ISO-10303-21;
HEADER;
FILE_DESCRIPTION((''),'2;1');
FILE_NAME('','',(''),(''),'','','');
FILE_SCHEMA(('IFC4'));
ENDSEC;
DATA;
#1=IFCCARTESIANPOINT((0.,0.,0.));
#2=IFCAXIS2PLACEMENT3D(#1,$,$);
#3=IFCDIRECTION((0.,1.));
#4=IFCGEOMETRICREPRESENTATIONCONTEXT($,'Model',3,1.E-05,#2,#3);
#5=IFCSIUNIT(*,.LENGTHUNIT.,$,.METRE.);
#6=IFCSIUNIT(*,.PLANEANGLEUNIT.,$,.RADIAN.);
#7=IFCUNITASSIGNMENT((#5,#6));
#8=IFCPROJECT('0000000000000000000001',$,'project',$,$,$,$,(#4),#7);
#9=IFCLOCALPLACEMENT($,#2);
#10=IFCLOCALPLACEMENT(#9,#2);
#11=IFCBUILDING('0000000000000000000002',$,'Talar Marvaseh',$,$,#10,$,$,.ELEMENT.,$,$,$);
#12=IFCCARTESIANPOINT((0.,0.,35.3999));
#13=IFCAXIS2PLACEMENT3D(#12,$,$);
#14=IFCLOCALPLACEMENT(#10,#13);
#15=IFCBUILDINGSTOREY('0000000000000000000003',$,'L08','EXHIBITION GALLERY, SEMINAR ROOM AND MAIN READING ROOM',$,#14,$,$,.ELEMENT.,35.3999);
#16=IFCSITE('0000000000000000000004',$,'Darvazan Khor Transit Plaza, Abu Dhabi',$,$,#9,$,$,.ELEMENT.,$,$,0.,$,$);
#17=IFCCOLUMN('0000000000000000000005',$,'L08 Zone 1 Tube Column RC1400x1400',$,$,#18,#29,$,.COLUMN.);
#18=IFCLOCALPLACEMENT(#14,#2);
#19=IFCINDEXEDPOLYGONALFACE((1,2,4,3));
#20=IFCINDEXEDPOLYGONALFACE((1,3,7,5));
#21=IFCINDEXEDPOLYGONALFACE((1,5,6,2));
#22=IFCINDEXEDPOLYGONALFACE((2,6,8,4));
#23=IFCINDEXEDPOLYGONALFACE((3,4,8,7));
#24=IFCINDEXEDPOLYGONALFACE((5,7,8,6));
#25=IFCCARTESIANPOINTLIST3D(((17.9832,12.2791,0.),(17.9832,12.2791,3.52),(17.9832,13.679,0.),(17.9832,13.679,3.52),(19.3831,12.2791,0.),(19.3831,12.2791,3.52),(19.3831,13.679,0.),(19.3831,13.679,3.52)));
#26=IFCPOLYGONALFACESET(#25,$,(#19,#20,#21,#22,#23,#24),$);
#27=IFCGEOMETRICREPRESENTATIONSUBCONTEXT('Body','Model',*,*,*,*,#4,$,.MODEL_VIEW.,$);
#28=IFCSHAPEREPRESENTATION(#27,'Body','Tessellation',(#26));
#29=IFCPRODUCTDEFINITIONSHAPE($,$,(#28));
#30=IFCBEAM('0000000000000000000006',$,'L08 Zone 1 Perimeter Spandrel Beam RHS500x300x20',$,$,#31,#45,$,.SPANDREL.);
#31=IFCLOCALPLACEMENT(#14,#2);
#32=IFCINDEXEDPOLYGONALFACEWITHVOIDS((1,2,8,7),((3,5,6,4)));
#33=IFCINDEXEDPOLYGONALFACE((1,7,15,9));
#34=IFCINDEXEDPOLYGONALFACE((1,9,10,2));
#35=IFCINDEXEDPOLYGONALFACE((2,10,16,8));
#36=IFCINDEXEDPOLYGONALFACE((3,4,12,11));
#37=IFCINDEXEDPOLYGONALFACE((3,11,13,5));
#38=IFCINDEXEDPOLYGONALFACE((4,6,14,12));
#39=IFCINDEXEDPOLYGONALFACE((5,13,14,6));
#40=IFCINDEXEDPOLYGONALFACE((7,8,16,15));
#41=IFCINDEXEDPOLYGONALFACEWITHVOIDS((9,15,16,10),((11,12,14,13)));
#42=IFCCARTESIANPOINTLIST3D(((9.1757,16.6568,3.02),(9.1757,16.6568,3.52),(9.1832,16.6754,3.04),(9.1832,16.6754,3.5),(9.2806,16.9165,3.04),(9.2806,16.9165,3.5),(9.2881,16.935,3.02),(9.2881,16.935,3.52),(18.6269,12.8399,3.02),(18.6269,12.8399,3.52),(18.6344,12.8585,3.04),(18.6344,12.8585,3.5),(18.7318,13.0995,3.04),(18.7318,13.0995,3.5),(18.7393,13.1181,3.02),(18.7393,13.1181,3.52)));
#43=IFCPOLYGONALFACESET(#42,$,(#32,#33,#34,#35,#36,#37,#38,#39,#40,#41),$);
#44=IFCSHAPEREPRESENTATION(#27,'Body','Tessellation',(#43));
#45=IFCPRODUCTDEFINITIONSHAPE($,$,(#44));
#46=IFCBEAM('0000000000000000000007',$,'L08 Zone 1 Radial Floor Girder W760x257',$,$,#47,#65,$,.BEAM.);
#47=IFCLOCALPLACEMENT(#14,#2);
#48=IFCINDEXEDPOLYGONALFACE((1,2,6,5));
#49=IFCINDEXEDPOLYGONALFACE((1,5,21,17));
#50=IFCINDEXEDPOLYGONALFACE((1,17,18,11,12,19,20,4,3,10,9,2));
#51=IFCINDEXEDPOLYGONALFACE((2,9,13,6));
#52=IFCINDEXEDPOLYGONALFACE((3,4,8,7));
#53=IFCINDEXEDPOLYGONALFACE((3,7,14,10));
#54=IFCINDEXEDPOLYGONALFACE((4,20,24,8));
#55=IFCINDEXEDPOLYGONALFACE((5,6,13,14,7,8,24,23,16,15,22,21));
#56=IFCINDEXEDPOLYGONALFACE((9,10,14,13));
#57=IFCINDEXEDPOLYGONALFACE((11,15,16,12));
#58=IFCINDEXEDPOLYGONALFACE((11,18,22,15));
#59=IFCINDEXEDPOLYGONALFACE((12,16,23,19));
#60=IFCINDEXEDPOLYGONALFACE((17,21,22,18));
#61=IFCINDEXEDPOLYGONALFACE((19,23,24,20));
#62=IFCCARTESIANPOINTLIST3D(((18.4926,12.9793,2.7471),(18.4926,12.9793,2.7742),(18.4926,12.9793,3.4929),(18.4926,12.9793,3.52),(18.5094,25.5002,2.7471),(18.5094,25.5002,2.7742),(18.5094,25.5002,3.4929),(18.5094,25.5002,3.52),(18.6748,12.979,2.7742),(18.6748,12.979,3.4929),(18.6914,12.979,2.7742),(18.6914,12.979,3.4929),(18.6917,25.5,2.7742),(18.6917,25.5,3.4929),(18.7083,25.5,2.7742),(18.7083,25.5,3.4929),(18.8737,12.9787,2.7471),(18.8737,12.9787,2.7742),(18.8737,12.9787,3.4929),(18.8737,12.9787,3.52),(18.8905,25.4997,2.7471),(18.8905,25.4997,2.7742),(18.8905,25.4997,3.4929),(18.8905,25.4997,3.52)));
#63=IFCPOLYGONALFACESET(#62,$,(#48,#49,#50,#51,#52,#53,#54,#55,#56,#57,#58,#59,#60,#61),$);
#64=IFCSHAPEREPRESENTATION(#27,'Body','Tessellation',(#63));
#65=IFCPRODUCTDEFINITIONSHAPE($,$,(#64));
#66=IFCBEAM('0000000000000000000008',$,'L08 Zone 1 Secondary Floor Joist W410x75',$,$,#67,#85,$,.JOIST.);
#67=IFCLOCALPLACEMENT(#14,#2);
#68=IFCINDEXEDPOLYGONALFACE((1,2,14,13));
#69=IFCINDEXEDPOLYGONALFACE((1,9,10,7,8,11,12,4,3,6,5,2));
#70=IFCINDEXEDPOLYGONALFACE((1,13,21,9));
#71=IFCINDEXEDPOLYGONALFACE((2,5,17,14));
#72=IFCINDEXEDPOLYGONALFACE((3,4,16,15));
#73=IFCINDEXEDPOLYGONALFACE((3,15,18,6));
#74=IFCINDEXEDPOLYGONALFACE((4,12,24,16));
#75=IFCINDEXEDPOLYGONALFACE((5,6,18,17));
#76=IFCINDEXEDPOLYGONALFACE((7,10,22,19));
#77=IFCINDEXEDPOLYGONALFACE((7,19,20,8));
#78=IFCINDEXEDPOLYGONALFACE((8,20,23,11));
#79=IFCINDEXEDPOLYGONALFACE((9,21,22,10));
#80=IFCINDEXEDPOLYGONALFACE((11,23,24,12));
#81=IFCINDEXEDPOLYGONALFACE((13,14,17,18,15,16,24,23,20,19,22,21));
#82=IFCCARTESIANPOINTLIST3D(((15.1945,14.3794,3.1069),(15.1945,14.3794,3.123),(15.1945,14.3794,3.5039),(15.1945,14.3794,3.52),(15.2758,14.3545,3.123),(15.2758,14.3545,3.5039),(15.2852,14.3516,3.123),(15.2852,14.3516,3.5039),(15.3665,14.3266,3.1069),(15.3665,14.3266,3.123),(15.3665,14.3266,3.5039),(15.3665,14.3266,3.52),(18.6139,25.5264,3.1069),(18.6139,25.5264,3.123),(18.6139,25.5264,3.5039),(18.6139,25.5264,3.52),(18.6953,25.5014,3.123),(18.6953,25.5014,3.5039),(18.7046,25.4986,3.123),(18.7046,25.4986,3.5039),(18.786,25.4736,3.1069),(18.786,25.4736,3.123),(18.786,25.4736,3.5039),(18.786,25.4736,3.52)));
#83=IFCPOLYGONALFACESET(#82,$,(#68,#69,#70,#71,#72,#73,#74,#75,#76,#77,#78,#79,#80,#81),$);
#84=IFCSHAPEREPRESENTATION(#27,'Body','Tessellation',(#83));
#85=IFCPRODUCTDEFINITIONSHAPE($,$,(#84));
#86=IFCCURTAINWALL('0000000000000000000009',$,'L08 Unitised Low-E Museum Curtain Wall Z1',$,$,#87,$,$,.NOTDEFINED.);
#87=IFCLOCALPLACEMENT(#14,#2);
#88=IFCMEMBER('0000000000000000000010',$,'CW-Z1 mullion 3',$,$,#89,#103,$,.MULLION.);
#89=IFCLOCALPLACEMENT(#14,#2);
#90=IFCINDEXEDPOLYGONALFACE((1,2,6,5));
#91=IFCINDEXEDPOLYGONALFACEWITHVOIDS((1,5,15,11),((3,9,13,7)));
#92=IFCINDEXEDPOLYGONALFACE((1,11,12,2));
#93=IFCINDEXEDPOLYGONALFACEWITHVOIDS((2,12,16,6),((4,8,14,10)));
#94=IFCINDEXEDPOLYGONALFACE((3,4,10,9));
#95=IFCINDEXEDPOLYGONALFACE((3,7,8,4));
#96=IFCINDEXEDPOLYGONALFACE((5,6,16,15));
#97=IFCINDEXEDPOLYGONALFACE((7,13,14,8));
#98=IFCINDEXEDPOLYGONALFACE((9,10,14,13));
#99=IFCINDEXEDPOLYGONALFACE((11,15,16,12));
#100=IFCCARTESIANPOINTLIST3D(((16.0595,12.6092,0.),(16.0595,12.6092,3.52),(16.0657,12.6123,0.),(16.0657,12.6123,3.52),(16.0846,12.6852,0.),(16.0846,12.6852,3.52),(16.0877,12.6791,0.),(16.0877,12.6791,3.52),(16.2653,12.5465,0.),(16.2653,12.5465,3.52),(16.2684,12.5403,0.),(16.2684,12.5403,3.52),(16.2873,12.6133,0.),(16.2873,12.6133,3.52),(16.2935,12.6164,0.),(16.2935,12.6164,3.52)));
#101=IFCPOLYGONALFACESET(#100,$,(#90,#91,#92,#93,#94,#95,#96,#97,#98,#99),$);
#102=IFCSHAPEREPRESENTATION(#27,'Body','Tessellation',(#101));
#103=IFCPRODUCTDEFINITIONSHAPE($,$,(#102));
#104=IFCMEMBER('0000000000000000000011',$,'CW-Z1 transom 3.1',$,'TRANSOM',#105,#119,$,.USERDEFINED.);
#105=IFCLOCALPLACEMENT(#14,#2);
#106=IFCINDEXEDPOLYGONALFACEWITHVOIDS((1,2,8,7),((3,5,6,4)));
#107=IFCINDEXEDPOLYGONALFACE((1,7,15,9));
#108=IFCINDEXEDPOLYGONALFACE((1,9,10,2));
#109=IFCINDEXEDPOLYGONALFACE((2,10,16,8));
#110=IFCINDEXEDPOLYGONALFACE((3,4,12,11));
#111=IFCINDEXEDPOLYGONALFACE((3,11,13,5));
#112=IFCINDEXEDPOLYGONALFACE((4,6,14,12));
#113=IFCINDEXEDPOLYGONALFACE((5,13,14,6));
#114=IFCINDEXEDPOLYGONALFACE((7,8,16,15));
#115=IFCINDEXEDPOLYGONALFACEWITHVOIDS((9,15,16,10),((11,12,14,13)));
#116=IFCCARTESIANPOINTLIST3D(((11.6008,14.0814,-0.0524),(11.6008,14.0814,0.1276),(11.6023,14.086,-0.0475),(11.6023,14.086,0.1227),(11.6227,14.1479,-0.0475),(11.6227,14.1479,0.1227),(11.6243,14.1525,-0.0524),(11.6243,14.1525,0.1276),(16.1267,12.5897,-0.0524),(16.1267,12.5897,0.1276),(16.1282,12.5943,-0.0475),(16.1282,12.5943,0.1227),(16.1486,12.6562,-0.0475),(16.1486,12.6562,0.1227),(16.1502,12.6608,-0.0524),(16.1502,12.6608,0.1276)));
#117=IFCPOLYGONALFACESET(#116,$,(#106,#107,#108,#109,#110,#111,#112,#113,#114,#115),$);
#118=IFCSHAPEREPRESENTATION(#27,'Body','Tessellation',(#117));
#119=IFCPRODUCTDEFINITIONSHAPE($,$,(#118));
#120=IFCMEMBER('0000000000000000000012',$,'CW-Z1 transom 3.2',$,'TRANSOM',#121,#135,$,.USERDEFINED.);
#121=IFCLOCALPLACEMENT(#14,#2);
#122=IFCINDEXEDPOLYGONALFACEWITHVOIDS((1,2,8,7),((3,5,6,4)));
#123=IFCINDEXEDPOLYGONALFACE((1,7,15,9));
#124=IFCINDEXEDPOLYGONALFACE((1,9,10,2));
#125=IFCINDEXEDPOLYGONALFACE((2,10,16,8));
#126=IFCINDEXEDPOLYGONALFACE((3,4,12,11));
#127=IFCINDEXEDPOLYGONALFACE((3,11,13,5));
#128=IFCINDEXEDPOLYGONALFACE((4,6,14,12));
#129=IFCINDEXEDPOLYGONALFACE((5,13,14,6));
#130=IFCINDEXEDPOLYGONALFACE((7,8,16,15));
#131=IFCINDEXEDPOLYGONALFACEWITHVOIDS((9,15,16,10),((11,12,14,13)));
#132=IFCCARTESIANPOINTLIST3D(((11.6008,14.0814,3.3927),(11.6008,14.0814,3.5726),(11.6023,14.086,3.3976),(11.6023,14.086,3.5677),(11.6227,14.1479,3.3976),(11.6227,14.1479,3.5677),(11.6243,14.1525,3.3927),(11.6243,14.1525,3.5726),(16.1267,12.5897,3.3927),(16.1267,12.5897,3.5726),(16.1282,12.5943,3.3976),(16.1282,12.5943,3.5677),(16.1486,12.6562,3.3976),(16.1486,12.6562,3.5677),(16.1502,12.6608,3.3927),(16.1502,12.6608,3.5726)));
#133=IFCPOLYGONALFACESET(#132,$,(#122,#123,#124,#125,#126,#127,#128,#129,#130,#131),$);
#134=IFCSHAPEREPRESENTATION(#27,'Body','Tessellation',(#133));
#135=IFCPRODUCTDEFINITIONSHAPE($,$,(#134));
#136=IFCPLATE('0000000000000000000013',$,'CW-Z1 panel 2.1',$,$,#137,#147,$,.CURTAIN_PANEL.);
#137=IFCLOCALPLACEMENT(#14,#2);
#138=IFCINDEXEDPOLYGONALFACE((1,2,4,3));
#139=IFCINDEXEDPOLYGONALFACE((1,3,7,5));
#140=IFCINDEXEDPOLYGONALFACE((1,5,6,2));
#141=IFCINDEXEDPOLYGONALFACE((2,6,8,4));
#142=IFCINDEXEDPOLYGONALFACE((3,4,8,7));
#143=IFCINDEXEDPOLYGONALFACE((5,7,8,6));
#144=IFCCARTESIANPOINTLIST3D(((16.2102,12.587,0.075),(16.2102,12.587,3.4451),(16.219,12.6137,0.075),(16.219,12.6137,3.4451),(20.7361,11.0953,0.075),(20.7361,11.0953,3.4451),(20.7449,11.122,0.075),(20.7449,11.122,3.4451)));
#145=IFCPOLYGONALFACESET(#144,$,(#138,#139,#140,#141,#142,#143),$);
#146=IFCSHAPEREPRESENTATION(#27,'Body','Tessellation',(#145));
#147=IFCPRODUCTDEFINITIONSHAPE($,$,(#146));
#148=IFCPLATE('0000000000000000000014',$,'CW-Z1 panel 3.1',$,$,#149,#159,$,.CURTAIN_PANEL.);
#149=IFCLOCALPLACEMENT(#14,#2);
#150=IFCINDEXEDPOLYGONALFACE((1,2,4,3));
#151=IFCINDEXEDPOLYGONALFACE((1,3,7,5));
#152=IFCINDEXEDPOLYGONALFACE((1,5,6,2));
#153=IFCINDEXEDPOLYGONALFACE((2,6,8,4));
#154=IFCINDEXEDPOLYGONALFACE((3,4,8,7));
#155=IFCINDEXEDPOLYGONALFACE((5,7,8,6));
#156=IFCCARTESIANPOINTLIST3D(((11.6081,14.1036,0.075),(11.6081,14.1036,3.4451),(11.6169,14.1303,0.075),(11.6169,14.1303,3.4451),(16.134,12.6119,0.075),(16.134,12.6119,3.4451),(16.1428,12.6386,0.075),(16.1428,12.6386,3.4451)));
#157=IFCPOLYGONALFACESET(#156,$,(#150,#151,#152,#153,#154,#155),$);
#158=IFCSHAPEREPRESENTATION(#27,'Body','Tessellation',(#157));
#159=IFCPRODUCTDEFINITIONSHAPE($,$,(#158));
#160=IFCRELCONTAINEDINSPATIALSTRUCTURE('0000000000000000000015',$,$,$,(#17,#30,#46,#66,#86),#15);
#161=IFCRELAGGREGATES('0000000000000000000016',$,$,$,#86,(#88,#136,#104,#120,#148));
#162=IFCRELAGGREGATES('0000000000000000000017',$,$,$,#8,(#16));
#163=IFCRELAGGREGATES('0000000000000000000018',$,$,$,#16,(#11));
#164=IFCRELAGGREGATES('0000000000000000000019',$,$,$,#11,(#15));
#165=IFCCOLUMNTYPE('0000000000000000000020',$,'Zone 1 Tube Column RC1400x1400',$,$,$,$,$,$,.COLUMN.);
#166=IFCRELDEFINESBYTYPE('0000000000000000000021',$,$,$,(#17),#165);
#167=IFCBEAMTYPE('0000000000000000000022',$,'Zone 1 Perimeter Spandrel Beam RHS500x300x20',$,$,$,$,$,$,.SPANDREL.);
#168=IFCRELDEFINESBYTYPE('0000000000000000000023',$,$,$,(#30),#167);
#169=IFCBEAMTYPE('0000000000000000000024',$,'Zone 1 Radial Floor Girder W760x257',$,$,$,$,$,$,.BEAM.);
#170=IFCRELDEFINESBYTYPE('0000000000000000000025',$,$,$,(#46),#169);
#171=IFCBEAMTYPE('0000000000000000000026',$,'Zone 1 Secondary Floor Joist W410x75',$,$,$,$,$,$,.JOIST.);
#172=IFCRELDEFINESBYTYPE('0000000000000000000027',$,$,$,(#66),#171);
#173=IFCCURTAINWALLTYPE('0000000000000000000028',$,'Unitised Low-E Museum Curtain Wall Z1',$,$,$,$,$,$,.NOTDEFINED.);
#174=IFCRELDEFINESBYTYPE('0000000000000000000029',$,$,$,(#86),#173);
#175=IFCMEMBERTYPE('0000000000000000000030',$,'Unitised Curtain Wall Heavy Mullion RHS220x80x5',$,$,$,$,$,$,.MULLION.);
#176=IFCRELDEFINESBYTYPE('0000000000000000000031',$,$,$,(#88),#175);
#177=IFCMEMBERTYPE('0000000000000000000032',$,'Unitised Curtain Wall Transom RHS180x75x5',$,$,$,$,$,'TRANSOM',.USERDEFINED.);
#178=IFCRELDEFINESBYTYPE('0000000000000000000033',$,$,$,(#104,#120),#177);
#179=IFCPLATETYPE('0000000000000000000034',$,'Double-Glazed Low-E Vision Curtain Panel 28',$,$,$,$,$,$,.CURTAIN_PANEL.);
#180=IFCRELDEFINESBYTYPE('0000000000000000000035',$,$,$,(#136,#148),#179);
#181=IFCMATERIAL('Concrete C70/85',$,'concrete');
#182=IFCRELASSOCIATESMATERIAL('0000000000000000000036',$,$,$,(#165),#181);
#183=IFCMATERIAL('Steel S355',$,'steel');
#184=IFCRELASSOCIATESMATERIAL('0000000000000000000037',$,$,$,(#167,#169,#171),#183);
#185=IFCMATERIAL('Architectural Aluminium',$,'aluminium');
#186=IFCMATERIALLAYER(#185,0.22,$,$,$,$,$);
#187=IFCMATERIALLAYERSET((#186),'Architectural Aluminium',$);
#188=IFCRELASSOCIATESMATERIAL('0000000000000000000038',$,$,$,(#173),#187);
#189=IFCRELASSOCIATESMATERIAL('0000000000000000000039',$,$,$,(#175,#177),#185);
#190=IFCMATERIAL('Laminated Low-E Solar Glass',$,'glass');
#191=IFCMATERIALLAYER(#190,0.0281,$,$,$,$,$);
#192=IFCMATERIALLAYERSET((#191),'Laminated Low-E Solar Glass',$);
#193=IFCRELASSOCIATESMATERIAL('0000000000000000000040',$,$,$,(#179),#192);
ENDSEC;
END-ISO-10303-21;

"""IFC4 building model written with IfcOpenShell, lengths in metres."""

from ifc_helpers import new_model, si_unit, direction, frame, origin, origin_2d, place, context, subcontext, project, spatial, rectangle, hollow_rectangle, i_section, extrude, source, transform, mapped, material, layer, layer_set, material_profile, profile_set, type_object, type_shapes, element, aggregate, save


model = new_model("IFC4")

# Units and contexts
model_context = context("Model", 3, precision=1e-05, world=origin(), true_north=direction((0.0, 1.0)))
body_context = subcontext(model_context, "Body", "Model", "MODEL_VIEW")
ifc_project = project(units=[si_unit("LENGTHUNIT", "METRE"), si_unit("PLANEANGLEUNIT", "RADIAN")], contexts=[model_context])

# Site, building, storey
site_placement = place(None, origin())
site = spatial("IfcSite", under=ifc_project, at=site_placement, Name="Darvazan Khor Transit Plaza, Abu Dhabi", CompositionType="ELEMENT", RefElevation=0.0)
building_placement = place(site_placement, origin())
building = spatial("IfcBuilding", under=site, at=building_placement, Name="Talar Marvaseh", CompositionType="ELEMENT")
storey_placement = place(building_placement, frame((0.0, 0.0, 35.3999)))
storey = spatial("IfcBuildingStorey", under=building, at=storey_placement, Name="L08", Description="EXHIBITION GALLERY, SEMINAR ROOM AND MAIN READING ROOM", CompositionType="ELEMENT", Elevation=35.3999)

# Column
ifc_material_1 = material(Name="Concrete C70/85", Category="concrete")
ifc_material_profile_1 = material_profile(ifc_material_1, rectangle(XDim=1.3999, YDim=1.3999, at=origin_2d()), Name="RC1400x1400")
ifc_profile_set_1 = profile_set([ifc_material_profile_1], Name="Concrete C70/85")
column_type = type_object("IfcColumnType", Name="Zone 1 Tube Column RC1400x1400", PredefinedType="COLUMN", material=ifc_profile_set_1)
column_placement = place(storey_placement, frame((18.6831, 12.979, 0.0), z_axis=(0.0, 0.0, 1.0), x_axis=(1.0, 0.0, 0.0)))
element("IfcColumn", 1, at=column_placement, inside=storey, type_object=column_type, Name="L08 Zone 1 Tube Column RC1400x1400", PredefinedType="COLUMN", context=body_context, shape_type="SweptSolid", body=[
    extrude(rectangle(XDim=1.3999, YDim=1.3999, at=origin_2d()), origin(), (0.0, 0.0, 1.0), 3.52),
])

# Beams
ifc_material_2 = material(Name="Steel S355", Category="steel")
ifc_material_profile_2 = material_profile(ifc_material_2, hollow_rectangle(XDim=0.3, YDim=0.5, WallThickness=0.02, at=origin_2d()), Name="RHS500x300x20")
ifc_profile_set_2 = profile_set([ifc_material_profile_2], Name="Steel S355")
beam_type_1 = type_object("IfcBeamType", Name="Zone 1 Perimeter Spandrel Beam RHS500x300x20", PredefinedType="SPANDREL", material=ifc_profile_set_2)
beam_1_placement = place(storey_placement, frame((18.6831, 12.979, 3.27), z_axis=(-0.927239, 0.374469, 0.0), x_axis=(-0.374469, -0.927239, 0.0)))
element("IfcBeam", 2, at=beam_1_placement, inside=storey, type_object=beam_type_1, Name="L08 Zone 1 Perimeter Spandrel Beam RHS500x300x20", PredefinedType="SPANDREL", context=body_context, shape_type="SweptSolid", body=[
    extrude(hollow_rectangle(XDim=0.3, YDim=0.5, WallThickness=0.02, at=origin_2d()), origin(), (0.0, 0.0, 1.0), 10.1929),
])
ifc_material_profile_3 = material_profile(ifc_material_2, i_section(OverallWidth=0.3811, OverallDepth=0.7729, WebThickness=0.0166, FlangeThickness=0.0271, at=origin_2d()), Name="W760x257")
ifc_profile_set_3 = profile_set([ifc_material_profile_3], Name="Steel S355")
beam_type_2 = type_object("IfcBeamType", Name="Zone 1 Radial Floor Girder W760x257", PredefinedType="BEAM", material=ifc_profile_set_3)
beam_2_placement = place(storey_placement, frame((18.6831, 12.979, 3.1335), z_axis=(0.001345, 0.999999, 0.0), x_axis=(-0.999999, 0.001345, 0.0)))
element("IfcBeam", 3, at=beam_2_placement, inside=storey, type_object=beam_type_2, Name="L08 Zone 1 Radial Floor Girder W760x257", PredefinedType="BEAM", context=body_context, shape_type="SweptSolid", body=[
    extrude(i_section(OverallWidth=0.3811, OverallDepth=0.7729, WebThickness=0.0166, FlangeThickness=0.0271, at=origin_2d()), origin(), (0.0, 0.0, 1.0), 12.521),
])
ifc_material_profile_4 = material_profile(ifc_material_2, i_section(OverallWidth=0.1799, OverallDepth=0.4131, WebThickness=0.0098, FlangeThickness=0.0161, at=origin_2d()), Name="W410x75")
ifc_profile_set_4 = profile_set([ifc_material_profile_4], Name="Steel S355")
beam_type_3 = type_object("IfcBeamType", Name="Zone 1 Secondary Floor Joist W410x75", PredefinedType="JOIST", material=ifc_profile_set_4)
beam_3_placement = place(storey_placement, frame((15.2805, 14.353, 3.3135), z_axis=(0.293271, 0.956029, 0.0), x_axis=(-0.956029, 0.293271, 0.0)))
element("IfcBeam", 4, at=beam_3_placement, inside=storey, type_object=beam_type_3, Name="L08 Zone 1 Secondary Floor Joist W410x75", PredefinedType="JOIST", context=body_context, shape_type="SweptSolid", body=[
    extrude(i_section(OverallWidth=0.1799, OverallDepth=0.4131, WebThickness=0.0098, FlangeThickness=0.0161, at=origin_2d()), origin(), (0.0, 0.0, 1.0), 11.6597),
])

# Curtain wall, members, plates
ifc_material_3 = material(Name="Architectural Aluminium", Category="aluminium")
ifc_layer_1 = layer(ifc_material_3, 0.22)
ifc_layer_set_1 = layer_set([ifc_layer_1], Name="Architectural Aluminium")
curtain_wall_type = type_object("IfcCurtainWallType", Name="Unitised Low-E Museum Curtain Wall Z1", PredefinedType="NOTDEFINED", material=ifc_layer_set_1)
curtain_wall_placement = place(storey_placement, origin())
curtain_wall = element("IfcCurtainWall", 5, at=curtain_wall_placement, inside=storey, type_object=curtain_wall_type, Name="L08 Unitised Low-E Museum Curtain Wall Z1", PredefinedType="NOTDEFINED")
ifc_material_profile_5 = material_profile(ifc_material_3, hollow_rectangle(XDim=0.0801, YDim=0.22, WallThickness=0.0049, at=origin_2d()), Name="RHS220x80x5")
ifc_profile_set_5 = profile_set([ifc_material_profile_5], Name="Architectural Aluminium")
member_type_1 = type_object("IfcMemberType", Name="Unitised Curtain Wall Heavy Mullion RHS220x80x5", PredefinedType="MULLION", material=ifc_profile_set_5)
shared_shape_1 = source(origin(), body_context, "Body", "SweptSolid", [
    extrude(hollow_rectangle(XDim=0.0801, YDim=0.22, WallThickness=0.0049, at=origin_2d()), origin(), (0.0, 0.0, 1.0), 3.52),
])
type_shapes(member_type_1, [shared_shape_1])
member_1_placement = place(storey_placement, frame((16.1765, 12.6128, 0.0), z_axis=(0.0, 0.0, 1.0), x_axis=(-0.313019, -0.949747, 0.0)))
member_1 = element("IfcMember", 6, at=member_1_placement, type_object=member_type_1, Name="CW-Z1 mullion 3", PredefinedType="MULLION", context=body_context, shape_type="MappedRepresentation", body=[
    mapped(shared_shape_1, transform((0.0, 0.0, 0.0), x_axis=(1.0, 0.0, 0.0), y_axis=(0.0, 1.0, 0.0), z_axis=(0.0, 0.0, 1.0), scale=1.0)),
])
ifc_material_profile_6 = material_profile(ifc_material_3, hollow_rectangle(XDim=0.075, YDim=0.1799, WallThickness=0.0049, at=origin_2d()), Name="RHS180x75x5")
ifc_profile_set_6 = profile_set([ifc_material_profile_6], Name="Architectural Aluminium")
member_type_2 = type_object("IfcMemberType", Name="Unitised Curtain Wall Transom RHS180x75x5", ElementType="TRANSOM", PredefinedType="USERDEFINED", material=ifc_profile_set_6)
shared_shape_2 = source(origin(), body_context, "Body", "SweptSolid", [
    extrude(hollow_rectangle(XDim=0.075, YDim=0.1799, WallThickness=0.0049, at=origin_2d()), origin(), (0.0, 0.0, 1.0), 4.7654),
])
type_shapes(member_type_2, [shared_shape_2])
member_2_placement = place(storey_placement, frame((16.1384, 12.6252, 0.0376), z_axis=(-0.949744, 0.313029, 0.0), x_axis=(-0.313029, -0.949744, 0.0)))
member_2 = element("IfcMember", 7, at=member_2_placement, type_object=member_type_2, Name="CW-Z1 transom 3.1", ObjectType="TRANSOM", PredefinedType="USERDEFINED", context=body_context, shape_type="MappedRepresentation", body=[
    mapped(shared_shape_2, transform((0.0, 0.0, 0.0), x_axis=(1.0, 0.0, 0.0), y_axis=(0.0, 1.0, 0.0), z_axis=(0.0, 0.0, 1.0), scale=1.0)),
])
member_3_placement = place(storey_placement, frame((16.1384, 12.6252, 3.4827), z_axis=(-0.949744, 0.313029, 0.0), x_axis=(-0.313029, -0.949744, 0.0)))
member_3 = element("IfcMember", 8, at=member_3_placement, type_object=member_type_2, Name="CW-Z1 transom 3.2", ObjectType="TRANSOM", PredefinedType="USERDEFINED", context=body_context, shape_type="MappedRepresentation", body=[
    mapped(shared_shape_2, transform((0.0, 0.0, 0.0), x_axis=(1.0, 0.0, 0.0), y_axis=(0.0, 1.0, 0.0), z_axis=(0.0, 0.0, 1.0), scale=1.0)),
])
ifc_material_4 = material(Name="Laminated Low-E Solar Glass", Category="glass")
ifc_layer_2 = layer(ifc_material_4, 0.0281)
ifc_layer_set_2 = layer_set([ifc_layer_2], Name="Laminated Low-E Solar Glass")
plate_type = type_object("IfcPlateType", Name="Double-Glazed Low-E Vision Curtain Panel 28", PredefinedType="CURTAIN_PANEL", material=ifc_layer_set_2)
shared_shape_3 = source(origin(), body_context, "Body", "SweptSolid", [
    extrude(rectangle(XDim=4.7654, YDim=0.0281, at=origin_2d()), origin(), (0.0, 0.0, 1.0), 3.3701),
])
type_shapes(plate_type, [shared_shape_3])
plate_1_placement = place(storey_placement, frame((18.4775, 11.8545, 0.075), z_axis=(0.0, 0.0, 1.0), x_axis=(-0.949747, 0.313019, 0.0)))
plate_1 = element("IfcPlate", 9, at=plate_1_placement, type_object=plate_type, Name="CW-Z1 panel 2.1", PredefinedType="CURTAIN_PANEL", context=body_context, shape_type="MappedRepresentation", body=[
    mapped(shared_shape_3, transform((0.0, 0.0, 0.0), x_axis=(1.0, 0.0, 0.0), y_axis=(0.0, 1.0, 0.0), z_axis=(0.0, 0.0, 1.0), scale=1.0)),
])
plate_2_placement = place(storey_placement, frame((13.8755, 13.3711, 0.075), z_axis=(0.0, 0.0, 1.0), x_axis=(-0.949747, 0.313019, 0.0)))
plate_2 = element("IfcPlate", 10, at=plate_2_placement, type_object=plate_type, Name="CW-Z1 panel 3.1", PredefinedType="CURTAIN_PANEL", context=body_context, shape_type="MappedRepresentation", body=[
    mapped(shared_shape_3, transform((0.0, 0.0, 0.0), x_axis=(1.0, 0.0, 0.0), y_axis=(0.0, 1.0, 0.0), z_axis=(0.0, 0.0, 1.0), scale=1.0)),
])
aggregate(curtain_wall, [member_1, plate_1, member_2, member_3, plate_2])

save(model, "model.ifc")
